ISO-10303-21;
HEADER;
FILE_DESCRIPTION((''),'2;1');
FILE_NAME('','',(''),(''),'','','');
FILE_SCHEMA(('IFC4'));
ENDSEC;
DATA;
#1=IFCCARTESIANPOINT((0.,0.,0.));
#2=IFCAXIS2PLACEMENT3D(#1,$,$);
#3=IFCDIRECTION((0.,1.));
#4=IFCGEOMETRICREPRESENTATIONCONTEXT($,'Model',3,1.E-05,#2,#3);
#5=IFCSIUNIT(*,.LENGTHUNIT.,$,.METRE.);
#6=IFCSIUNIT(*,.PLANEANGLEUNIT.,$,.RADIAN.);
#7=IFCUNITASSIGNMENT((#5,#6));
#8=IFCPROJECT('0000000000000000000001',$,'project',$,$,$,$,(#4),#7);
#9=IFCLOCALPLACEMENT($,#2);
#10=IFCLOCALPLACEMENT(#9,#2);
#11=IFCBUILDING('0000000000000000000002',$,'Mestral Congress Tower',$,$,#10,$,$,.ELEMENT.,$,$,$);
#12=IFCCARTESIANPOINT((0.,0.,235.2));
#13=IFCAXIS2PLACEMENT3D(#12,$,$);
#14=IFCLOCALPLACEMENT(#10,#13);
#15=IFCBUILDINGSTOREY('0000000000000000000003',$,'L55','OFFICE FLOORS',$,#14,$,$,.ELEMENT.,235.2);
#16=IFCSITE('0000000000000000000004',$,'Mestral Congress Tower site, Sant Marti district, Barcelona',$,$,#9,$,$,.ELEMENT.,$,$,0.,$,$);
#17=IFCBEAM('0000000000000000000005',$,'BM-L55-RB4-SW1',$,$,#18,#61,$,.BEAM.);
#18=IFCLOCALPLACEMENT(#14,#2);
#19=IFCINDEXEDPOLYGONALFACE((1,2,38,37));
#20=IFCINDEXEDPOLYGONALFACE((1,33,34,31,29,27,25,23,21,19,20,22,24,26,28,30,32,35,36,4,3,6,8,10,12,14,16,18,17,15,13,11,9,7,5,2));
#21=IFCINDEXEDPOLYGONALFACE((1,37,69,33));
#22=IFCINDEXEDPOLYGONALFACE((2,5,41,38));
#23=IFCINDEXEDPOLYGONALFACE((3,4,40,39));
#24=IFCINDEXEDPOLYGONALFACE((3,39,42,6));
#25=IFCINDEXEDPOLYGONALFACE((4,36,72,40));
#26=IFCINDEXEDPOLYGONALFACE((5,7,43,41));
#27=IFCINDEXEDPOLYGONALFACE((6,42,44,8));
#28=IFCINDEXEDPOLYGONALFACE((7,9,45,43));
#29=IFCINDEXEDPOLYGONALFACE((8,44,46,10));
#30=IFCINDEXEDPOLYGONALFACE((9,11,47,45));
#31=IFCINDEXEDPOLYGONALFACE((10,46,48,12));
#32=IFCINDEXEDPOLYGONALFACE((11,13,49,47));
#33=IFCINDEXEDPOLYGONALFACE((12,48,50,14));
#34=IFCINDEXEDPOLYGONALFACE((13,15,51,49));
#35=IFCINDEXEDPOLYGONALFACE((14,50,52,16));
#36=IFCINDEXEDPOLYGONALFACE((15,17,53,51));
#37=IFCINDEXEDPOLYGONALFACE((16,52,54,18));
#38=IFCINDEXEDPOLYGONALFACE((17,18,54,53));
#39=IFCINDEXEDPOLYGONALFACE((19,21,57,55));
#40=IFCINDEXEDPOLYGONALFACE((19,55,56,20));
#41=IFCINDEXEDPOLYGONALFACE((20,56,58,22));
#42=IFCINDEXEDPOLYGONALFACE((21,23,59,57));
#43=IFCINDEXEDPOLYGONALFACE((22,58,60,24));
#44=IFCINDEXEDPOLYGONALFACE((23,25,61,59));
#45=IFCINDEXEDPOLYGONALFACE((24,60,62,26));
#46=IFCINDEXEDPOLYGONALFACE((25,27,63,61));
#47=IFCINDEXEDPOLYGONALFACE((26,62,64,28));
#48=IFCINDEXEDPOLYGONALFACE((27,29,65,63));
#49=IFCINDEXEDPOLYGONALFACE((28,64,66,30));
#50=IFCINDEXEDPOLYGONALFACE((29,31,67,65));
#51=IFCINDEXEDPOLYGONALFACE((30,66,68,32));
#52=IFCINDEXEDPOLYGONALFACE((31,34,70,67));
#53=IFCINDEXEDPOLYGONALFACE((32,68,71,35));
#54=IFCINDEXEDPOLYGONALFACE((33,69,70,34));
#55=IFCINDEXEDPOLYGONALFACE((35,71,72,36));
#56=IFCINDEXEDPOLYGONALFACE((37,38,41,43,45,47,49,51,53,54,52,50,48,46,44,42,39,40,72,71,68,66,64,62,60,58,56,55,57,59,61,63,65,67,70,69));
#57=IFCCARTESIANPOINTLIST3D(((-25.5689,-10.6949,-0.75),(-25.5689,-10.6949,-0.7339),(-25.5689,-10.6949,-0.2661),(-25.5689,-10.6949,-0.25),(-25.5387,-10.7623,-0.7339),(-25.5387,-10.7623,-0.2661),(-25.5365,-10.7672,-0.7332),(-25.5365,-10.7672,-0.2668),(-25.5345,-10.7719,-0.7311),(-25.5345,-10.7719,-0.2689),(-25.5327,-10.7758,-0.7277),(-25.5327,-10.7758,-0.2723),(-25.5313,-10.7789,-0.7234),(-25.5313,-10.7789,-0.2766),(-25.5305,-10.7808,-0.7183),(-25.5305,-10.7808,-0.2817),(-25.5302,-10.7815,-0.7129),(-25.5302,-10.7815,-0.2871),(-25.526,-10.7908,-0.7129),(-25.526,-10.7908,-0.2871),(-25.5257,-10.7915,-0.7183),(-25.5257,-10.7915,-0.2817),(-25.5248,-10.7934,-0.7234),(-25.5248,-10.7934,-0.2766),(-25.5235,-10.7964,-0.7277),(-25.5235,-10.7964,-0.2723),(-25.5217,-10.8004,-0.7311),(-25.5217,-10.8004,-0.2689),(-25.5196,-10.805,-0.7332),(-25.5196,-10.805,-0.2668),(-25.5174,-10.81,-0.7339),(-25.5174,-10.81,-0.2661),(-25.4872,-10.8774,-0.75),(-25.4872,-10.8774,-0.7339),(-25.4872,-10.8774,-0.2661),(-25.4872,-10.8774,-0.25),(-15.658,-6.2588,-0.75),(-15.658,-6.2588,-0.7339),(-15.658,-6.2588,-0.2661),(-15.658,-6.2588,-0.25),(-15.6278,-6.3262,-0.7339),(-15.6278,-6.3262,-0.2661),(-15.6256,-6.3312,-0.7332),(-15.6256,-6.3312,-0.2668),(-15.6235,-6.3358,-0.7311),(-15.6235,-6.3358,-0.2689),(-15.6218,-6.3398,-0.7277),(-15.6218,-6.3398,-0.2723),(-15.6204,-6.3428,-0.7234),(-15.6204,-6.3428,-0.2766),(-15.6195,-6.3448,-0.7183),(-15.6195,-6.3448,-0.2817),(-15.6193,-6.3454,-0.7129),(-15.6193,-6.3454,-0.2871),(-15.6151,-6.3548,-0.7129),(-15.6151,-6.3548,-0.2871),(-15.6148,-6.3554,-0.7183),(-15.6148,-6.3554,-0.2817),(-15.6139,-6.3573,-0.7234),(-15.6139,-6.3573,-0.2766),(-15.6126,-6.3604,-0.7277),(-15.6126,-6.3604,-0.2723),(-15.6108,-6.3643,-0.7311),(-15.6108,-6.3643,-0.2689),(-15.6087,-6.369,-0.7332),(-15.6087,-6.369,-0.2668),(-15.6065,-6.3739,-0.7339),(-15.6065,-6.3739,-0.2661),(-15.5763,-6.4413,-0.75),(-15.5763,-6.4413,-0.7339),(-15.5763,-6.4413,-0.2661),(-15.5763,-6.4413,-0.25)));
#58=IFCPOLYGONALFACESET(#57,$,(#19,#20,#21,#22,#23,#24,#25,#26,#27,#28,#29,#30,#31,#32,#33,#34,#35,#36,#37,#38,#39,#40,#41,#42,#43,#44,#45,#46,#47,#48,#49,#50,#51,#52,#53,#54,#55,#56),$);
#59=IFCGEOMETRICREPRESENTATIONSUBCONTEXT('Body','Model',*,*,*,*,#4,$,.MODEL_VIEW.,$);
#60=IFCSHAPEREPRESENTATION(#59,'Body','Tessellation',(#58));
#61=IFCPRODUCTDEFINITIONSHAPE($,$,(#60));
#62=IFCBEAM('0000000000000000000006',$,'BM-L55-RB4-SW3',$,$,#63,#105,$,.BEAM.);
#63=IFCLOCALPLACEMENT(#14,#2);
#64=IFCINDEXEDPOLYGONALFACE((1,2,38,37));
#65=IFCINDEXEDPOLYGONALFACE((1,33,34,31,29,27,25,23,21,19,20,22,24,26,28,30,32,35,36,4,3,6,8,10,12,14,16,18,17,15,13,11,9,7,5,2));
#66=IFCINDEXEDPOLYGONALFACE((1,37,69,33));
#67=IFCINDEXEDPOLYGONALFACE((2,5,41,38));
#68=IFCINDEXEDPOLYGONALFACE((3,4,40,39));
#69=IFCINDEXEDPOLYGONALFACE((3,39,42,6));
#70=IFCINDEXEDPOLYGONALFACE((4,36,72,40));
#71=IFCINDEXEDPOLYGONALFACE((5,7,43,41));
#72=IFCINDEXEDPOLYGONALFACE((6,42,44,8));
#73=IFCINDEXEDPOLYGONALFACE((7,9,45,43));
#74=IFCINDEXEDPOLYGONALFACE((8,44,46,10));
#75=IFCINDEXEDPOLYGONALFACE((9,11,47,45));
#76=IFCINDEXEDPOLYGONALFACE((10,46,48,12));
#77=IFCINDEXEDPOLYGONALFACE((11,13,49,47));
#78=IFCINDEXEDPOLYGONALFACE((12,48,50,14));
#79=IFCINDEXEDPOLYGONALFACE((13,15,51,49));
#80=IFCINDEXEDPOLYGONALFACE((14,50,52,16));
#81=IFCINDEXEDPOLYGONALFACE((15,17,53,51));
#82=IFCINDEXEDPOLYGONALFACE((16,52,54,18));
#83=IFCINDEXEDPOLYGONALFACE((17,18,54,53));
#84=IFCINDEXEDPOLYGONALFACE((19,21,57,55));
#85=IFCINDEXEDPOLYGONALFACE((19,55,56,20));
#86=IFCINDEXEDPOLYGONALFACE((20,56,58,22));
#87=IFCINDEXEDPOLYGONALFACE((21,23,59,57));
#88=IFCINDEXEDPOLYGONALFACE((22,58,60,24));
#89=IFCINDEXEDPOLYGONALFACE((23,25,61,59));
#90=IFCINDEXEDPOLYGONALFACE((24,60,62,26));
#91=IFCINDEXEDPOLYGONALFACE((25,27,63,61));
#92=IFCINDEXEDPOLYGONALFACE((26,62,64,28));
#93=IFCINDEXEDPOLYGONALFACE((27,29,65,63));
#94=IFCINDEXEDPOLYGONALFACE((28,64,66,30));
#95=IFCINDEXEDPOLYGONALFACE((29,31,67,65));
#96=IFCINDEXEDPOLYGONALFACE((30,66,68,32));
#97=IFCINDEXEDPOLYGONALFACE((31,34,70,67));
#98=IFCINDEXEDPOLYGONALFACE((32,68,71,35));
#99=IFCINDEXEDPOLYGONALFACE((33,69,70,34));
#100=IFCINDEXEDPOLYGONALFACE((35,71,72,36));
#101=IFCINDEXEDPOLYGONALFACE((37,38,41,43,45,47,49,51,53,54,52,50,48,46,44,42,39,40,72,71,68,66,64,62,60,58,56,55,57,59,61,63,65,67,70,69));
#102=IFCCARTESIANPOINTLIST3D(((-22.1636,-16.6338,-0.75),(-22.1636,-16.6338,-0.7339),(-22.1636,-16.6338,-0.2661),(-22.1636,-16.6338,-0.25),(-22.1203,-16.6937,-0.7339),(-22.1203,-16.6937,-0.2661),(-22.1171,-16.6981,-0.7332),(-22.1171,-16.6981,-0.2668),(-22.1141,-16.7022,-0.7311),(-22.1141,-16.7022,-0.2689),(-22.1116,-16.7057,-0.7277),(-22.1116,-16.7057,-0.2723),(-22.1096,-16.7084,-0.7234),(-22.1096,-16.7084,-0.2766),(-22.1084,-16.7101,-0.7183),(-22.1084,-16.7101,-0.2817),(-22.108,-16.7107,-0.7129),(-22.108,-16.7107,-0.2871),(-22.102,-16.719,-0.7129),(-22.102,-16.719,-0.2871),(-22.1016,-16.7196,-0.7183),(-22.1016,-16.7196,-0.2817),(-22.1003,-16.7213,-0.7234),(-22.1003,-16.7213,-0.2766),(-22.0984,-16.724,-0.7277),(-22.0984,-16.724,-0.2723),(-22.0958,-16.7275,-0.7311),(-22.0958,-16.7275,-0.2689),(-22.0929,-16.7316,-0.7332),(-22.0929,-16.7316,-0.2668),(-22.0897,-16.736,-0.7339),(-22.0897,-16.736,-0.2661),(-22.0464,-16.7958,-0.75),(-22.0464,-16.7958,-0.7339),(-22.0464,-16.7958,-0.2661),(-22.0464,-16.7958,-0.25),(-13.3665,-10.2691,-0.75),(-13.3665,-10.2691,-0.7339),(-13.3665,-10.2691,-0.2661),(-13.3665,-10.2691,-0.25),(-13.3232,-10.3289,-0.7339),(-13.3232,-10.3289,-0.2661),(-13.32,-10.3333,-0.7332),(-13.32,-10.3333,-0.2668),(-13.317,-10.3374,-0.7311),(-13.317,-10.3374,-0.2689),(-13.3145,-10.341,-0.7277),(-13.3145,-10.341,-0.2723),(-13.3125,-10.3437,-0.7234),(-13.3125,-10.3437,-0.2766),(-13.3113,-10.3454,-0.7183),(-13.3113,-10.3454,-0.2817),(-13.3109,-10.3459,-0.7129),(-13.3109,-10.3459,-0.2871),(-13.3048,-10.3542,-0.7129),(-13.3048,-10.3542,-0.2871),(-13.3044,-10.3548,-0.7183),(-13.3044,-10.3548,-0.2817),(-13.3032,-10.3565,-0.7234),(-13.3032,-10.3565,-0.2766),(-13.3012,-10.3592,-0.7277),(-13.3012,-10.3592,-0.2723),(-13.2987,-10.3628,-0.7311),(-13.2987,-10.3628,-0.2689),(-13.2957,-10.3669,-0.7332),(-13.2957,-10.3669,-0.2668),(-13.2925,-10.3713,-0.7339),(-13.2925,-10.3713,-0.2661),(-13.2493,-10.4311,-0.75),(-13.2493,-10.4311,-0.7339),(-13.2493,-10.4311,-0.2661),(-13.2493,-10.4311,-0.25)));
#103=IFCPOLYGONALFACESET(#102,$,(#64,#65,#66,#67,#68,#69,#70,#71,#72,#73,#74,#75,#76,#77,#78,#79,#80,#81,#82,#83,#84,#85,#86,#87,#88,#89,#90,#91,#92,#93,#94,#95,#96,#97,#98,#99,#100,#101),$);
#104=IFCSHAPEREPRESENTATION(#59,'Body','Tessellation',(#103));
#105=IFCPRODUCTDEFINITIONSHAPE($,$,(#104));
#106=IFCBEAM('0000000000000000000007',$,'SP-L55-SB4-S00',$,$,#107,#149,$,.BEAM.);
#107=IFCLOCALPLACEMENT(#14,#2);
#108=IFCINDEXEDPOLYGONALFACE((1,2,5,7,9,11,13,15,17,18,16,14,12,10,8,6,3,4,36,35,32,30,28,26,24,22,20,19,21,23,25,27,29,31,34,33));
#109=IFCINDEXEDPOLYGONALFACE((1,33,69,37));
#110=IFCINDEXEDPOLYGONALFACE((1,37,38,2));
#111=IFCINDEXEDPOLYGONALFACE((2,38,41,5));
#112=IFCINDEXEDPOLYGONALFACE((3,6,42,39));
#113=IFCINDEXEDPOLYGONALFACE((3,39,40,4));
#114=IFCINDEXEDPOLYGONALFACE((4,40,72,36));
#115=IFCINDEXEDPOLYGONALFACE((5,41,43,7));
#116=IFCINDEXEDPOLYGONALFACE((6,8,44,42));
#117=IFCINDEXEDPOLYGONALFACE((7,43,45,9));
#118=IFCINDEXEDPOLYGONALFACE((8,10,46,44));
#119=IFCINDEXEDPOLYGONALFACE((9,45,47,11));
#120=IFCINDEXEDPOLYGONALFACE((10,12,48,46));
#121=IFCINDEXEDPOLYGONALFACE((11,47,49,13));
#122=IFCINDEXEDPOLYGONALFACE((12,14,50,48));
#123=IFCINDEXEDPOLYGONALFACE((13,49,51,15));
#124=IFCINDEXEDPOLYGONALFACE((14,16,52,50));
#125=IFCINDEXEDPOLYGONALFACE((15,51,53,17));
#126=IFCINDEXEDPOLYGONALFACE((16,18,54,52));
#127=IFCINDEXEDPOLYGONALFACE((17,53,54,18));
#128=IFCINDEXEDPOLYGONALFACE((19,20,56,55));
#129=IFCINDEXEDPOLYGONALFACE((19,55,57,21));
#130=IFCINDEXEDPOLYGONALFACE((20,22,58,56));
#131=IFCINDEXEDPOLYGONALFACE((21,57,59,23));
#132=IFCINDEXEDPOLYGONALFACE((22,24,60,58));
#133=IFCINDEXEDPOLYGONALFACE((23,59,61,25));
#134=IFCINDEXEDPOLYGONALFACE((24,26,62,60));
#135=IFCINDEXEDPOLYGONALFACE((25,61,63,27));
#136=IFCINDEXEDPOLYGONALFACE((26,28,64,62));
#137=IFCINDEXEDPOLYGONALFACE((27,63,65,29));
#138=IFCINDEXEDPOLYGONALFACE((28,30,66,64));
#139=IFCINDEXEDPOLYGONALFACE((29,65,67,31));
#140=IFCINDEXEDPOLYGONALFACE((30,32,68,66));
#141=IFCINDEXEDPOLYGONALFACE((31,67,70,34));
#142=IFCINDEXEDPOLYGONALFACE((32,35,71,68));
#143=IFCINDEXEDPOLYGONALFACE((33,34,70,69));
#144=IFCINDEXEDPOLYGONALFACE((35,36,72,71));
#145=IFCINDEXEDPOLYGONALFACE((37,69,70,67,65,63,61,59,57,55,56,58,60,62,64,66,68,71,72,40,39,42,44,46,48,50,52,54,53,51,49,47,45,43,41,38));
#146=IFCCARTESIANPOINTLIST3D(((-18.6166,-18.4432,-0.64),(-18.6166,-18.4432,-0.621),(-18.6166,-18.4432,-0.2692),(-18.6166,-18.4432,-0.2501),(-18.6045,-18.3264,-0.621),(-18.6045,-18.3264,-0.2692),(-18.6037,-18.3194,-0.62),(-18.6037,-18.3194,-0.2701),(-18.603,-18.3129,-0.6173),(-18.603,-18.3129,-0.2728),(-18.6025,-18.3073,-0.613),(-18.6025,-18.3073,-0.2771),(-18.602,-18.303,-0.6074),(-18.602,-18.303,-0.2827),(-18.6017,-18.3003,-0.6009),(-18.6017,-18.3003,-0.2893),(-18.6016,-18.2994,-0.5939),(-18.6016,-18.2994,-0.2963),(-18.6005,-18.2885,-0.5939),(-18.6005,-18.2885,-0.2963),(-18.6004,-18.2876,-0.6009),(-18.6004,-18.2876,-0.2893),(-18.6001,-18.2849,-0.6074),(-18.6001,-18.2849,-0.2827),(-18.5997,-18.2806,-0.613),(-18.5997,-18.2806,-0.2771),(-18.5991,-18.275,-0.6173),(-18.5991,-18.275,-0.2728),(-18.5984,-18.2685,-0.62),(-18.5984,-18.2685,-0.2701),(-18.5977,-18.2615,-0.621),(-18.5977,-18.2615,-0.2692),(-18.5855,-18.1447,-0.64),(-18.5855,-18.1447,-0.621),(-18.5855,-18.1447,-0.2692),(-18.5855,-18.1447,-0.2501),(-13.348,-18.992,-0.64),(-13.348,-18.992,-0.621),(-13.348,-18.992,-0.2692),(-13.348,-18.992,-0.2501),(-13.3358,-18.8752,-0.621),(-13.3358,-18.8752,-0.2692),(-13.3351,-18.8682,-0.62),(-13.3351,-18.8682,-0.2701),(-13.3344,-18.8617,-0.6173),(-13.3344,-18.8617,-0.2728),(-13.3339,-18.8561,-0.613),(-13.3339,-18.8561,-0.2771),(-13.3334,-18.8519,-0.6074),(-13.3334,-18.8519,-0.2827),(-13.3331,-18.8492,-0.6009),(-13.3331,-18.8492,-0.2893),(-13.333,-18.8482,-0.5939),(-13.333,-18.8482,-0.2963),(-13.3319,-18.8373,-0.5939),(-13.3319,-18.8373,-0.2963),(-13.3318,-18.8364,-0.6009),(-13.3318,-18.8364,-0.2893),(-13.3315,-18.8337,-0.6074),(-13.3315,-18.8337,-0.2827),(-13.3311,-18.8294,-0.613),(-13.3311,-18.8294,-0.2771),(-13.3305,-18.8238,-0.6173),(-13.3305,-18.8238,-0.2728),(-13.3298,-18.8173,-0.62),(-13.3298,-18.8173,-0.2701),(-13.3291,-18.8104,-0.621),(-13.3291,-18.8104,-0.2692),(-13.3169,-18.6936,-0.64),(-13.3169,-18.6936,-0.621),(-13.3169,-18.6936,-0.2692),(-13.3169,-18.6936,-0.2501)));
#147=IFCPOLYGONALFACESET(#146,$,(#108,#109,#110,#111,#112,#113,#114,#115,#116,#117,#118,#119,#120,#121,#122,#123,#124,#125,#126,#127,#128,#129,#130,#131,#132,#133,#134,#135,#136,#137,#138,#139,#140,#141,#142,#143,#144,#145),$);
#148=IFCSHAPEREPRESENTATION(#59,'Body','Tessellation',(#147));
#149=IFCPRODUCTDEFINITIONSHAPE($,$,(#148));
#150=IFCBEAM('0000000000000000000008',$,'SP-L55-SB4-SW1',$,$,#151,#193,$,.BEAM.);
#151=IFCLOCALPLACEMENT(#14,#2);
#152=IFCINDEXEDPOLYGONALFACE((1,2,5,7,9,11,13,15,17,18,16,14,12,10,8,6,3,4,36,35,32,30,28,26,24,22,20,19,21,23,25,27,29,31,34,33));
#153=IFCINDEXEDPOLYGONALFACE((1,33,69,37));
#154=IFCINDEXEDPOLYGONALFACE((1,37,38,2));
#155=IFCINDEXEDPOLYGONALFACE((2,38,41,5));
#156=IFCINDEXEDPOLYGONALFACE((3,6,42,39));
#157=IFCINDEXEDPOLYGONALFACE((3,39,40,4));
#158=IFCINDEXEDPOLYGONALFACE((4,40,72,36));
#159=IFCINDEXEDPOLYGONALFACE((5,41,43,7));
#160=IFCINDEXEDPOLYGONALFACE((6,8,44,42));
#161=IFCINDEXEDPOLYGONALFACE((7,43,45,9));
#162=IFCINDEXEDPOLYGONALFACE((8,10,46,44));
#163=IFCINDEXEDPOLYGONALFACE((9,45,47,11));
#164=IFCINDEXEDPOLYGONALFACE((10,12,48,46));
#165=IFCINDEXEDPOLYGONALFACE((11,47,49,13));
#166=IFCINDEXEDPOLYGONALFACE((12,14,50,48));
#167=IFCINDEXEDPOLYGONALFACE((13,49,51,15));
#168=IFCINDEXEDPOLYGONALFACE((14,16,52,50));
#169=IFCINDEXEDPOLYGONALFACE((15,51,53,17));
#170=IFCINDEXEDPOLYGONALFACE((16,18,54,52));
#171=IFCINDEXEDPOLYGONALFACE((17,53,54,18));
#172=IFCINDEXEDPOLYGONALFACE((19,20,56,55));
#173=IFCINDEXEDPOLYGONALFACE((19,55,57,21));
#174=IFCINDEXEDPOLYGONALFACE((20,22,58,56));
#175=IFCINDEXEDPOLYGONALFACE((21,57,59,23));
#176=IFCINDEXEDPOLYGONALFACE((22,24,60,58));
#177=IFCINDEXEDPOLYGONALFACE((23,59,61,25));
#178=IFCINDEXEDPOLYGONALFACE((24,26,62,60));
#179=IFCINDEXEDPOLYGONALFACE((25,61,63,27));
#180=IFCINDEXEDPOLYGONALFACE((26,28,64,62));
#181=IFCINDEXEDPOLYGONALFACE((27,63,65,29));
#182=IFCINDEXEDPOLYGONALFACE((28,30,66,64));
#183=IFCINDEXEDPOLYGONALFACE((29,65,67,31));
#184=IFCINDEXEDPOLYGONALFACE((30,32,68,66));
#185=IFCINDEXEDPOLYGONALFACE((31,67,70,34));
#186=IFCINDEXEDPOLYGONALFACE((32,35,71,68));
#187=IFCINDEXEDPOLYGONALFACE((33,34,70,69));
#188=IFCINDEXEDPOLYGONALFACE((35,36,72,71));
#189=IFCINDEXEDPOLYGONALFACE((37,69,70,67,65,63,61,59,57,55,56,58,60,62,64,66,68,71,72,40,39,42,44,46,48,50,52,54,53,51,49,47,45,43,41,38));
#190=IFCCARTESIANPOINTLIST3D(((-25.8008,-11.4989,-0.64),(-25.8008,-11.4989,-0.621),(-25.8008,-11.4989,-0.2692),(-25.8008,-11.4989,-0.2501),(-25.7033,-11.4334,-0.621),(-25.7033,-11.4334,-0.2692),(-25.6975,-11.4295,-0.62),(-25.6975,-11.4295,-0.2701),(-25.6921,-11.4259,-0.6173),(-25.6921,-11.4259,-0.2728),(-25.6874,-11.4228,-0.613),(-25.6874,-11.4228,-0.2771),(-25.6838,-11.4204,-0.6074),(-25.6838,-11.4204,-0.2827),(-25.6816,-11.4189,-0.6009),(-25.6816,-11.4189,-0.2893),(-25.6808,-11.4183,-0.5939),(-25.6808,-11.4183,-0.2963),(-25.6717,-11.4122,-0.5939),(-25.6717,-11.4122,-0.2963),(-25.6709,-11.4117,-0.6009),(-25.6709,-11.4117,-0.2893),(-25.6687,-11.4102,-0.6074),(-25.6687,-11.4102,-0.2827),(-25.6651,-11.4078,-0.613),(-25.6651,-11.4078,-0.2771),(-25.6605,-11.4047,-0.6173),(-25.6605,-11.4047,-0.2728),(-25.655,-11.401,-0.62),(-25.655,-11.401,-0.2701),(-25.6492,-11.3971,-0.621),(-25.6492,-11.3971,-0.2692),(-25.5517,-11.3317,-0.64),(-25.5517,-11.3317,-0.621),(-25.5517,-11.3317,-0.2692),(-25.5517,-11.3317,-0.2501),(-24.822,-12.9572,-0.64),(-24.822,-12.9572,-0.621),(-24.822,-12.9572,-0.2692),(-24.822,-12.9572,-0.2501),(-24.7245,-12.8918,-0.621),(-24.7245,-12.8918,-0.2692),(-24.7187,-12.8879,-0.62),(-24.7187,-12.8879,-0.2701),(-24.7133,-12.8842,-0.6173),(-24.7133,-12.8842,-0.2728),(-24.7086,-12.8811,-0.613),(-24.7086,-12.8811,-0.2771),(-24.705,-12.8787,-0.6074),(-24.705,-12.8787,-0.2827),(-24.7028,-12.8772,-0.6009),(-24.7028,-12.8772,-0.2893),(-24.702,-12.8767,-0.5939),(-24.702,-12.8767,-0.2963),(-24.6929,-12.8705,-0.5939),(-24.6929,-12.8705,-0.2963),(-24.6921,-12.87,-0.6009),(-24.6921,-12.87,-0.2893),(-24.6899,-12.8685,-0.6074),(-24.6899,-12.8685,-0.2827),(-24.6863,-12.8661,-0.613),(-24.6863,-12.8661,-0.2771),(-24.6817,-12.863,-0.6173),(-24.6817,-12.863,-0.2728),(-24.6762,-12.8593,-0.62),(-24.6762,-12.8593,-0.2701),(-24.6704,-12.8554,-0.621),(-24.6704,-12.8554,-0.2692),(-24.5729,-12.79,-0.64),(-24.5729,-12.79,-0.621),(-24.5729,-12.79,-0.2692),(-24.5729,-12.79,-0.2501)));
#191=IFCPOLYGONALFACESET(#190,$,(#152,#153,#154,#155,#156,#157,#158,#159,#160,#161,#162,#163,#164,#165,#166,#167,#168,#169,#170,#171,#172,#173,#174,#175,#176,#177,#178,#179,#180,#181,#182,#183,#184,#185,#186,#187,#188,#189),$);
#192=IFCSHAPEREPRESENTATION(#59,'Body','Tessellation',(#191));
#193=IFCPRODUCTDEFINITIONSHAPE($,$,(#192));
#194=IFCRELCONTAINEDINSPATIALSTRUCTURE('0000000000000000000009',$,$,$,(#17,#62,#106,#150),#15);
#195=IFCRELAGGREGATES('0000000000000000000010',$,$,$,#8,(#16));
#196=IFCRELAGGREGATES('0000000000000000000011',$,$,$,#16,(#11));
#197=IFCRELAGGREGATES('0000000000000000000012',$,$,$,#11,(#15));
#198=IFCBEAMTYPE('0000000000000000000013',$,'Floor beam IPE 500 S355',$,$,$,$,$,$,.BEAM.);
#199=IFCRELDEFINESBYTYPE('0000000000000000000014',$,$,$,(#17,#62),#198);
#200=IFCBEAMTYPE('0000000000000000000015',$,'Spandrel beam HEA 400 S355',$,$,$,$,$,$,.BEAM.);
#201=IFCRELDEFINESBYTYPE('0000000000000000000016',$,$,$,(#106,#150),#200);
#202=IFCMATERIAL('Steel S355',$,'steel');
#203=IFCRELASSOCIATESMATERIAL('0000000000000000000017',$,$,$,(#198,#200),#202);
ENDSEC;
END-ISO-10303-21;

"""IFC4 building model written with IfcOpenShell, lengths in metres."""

from ifc_helpers import new_model, si_unit, direction, frame, origin, origin_2d, place, context, subcontext, project, spatial, i_section, extrude, material, material_profile, profile_set, type_object, element, save


model = new_model("IFC4")

# Units and contexts
model_context = context("Model", 3, precision=1e-05, world=origin(), true_north=direction((0.0, 1.0)))
body_context = subcontext(model_context, "Body", "Model", "MODEL_VIEW")
ifc_project = project(units=[si_unit("LENGTHUNIT", "METRE"), si_unit("PLANEANGLEUNIT", "RADIAN")], contexts=[model_context])

# Site, building, storey
site_placement = place(None, origin())
site = spatial("IfcSite", under=ifc_project, at=site_placement, Name="Mestral Congress Tower site, Sant Marti district, Barcelona", CompositionType="ELEMENT", RefElevation=0.0)
building_placement = place(site_placement, origin())
building = spatial("IfcBuilding", under=site, at=building_placement, Name="Mestral Congress Tower", CompositionType="ELEMENT")
storey_placement = place(building_placement, frame((0.0, 0.0, 235.2)))
storey = spatial("IfcBuildingStorey", under=building, at=storey_placement, Name="L55", Description="OFFICE FLOORS", CompositionType="ELEMENT", Elevation=235.2)

# Beams
ifc_material_1 = material(Name="Steel S355", Category="steel")
ifc_material_profile_1 = material_profile(ifc_material_1, i_section(OverallWidth=0.2, OverallDepth=0.5, WebThickness=0.0103, FlangeThickness=0.0161, FilletRadius=0.021, at=origin_2d()), Name="IPE 500")
ifc_profile_set_1 = profile_set([ifc_material_profile_1], Name="Steel S355")
beam_type_1 = type_object("IfcBeamType", Name="Floor beam IPE 500 S355", PredefinedType="BEAM", material=ifc_profile_set_1)
beam_1_placement = place(storey_placement, frame((-25.5281, -10.7861, -0.5), z_axis=(0.912742, 0.408536, 0.0), x_axis=(-0.408536, 0.912742, 0.0)))
element("IfcBeam", 1, at=beam_1_placement, inside=storey, type_object=beam_type_1, Name="BM-L55-RB4-SW1", PredefinedType="BEAM", context=body_context, shape_type="SweptSolid", body=[
    extrude(i_section(OverallWidth=0.2, OverallDepth=0.5, WebThickness=0.0103, FlangeThickness=0.0161, FilletRadius=0.021, at=origin_2d()), origin(), (0.0, 0.0, 1.0), 10.8584),
])
beam_2_placement = place(storey_placement, frame((-22.105, -16.7148, -0.5), z_axis=(0.810186, 0.586173, 0.0), x_axis=(-0.586173, 0.810186, 0.0)))
element("IfcBeam", 2, at=beam_2_placement, inside=storey, type_object=beam_type_1, Name="BM-L55-RB4-SW3", PredefinedType="BEAM", context=body_context, shape_type="SweptSolid", body=[
    extrude(i_section(OverallWidth=0.2, OverallDepth=0.5, WebThickness=0.0103, FlangeThickness=0.0161, FilletRadius=0.021, at=origin_2d()), origin(), (0.0, 0.0, 1.0), 10.8582),
])
ifc_material_profile_2 = material_profile(ifc_material_1, i_section(OverallWidth=0.3, OverallDepth=0.3899, WebThickness=0.011, FlangeThickness=0.019, FilletRadius=0.0271, at=origin_2d()), Name="HEA 400")
ifc_profile_set_2 = profile_set([ifc_material_profile_2], Name="Steel S355")
beam_type_2 = type_object("IfcBeamType", Name="Spandrel beam HEA 400 S355", PredefinedType="BEAM", material=ifc_profile_set_2)
beam_3_placement = place(storey_placement, frame((-18.6011, -18.2939, -0.4451), z_axis=(0.994618, -0.10361, 0.0), x_axis=(0.10361, 0.994618, 0.0)))
element("IfcBeam", 3, at=beam_3_placement, inside=storey, type_object=beam_type_2, Name="SP-L55-SB4-S00", PredefinedType="BEAM", context=body_context, shape_type="SweptSolid", body=[
    extrude(i_section(OverallWidth=0.3, OverallDepth=0.3899, WebThickness=0.011, FlangeThickness=0.019, FilletRadius=0.0271, at=origin_2d()), origin(), (0.0, 0.0, 1.0), 5.2971),
])
for number, where, z_axis, x_axis, name in (
    (4, (-25.6763, -11.4153, -0.4451), (0.557296, -0.830314, 0.0), (0.830314, 0.557296, 0.0), "SP-L55-SB4-SW1"),
):
    element("IfcBeam", number, at=place(storey_placement, frame(where, z_axis=z_axis, x_axis=x_axis)), inside=storey, type_object=beam_type_2, Name=name, PredefinedType="BEAM", context=body_context, shape_type="SweptSolid", body=[
        extrude(i_section(OverallWidth=0.3, OverallDepth=0.3899, WebThickness=0.011, FlangeThickness=0.019, FilletRadius=0.0271, at=origin_2d()), origin(), (0.0, 0.0, 1.0), 1.7563),
    ])

save(model, "model.ifc")
